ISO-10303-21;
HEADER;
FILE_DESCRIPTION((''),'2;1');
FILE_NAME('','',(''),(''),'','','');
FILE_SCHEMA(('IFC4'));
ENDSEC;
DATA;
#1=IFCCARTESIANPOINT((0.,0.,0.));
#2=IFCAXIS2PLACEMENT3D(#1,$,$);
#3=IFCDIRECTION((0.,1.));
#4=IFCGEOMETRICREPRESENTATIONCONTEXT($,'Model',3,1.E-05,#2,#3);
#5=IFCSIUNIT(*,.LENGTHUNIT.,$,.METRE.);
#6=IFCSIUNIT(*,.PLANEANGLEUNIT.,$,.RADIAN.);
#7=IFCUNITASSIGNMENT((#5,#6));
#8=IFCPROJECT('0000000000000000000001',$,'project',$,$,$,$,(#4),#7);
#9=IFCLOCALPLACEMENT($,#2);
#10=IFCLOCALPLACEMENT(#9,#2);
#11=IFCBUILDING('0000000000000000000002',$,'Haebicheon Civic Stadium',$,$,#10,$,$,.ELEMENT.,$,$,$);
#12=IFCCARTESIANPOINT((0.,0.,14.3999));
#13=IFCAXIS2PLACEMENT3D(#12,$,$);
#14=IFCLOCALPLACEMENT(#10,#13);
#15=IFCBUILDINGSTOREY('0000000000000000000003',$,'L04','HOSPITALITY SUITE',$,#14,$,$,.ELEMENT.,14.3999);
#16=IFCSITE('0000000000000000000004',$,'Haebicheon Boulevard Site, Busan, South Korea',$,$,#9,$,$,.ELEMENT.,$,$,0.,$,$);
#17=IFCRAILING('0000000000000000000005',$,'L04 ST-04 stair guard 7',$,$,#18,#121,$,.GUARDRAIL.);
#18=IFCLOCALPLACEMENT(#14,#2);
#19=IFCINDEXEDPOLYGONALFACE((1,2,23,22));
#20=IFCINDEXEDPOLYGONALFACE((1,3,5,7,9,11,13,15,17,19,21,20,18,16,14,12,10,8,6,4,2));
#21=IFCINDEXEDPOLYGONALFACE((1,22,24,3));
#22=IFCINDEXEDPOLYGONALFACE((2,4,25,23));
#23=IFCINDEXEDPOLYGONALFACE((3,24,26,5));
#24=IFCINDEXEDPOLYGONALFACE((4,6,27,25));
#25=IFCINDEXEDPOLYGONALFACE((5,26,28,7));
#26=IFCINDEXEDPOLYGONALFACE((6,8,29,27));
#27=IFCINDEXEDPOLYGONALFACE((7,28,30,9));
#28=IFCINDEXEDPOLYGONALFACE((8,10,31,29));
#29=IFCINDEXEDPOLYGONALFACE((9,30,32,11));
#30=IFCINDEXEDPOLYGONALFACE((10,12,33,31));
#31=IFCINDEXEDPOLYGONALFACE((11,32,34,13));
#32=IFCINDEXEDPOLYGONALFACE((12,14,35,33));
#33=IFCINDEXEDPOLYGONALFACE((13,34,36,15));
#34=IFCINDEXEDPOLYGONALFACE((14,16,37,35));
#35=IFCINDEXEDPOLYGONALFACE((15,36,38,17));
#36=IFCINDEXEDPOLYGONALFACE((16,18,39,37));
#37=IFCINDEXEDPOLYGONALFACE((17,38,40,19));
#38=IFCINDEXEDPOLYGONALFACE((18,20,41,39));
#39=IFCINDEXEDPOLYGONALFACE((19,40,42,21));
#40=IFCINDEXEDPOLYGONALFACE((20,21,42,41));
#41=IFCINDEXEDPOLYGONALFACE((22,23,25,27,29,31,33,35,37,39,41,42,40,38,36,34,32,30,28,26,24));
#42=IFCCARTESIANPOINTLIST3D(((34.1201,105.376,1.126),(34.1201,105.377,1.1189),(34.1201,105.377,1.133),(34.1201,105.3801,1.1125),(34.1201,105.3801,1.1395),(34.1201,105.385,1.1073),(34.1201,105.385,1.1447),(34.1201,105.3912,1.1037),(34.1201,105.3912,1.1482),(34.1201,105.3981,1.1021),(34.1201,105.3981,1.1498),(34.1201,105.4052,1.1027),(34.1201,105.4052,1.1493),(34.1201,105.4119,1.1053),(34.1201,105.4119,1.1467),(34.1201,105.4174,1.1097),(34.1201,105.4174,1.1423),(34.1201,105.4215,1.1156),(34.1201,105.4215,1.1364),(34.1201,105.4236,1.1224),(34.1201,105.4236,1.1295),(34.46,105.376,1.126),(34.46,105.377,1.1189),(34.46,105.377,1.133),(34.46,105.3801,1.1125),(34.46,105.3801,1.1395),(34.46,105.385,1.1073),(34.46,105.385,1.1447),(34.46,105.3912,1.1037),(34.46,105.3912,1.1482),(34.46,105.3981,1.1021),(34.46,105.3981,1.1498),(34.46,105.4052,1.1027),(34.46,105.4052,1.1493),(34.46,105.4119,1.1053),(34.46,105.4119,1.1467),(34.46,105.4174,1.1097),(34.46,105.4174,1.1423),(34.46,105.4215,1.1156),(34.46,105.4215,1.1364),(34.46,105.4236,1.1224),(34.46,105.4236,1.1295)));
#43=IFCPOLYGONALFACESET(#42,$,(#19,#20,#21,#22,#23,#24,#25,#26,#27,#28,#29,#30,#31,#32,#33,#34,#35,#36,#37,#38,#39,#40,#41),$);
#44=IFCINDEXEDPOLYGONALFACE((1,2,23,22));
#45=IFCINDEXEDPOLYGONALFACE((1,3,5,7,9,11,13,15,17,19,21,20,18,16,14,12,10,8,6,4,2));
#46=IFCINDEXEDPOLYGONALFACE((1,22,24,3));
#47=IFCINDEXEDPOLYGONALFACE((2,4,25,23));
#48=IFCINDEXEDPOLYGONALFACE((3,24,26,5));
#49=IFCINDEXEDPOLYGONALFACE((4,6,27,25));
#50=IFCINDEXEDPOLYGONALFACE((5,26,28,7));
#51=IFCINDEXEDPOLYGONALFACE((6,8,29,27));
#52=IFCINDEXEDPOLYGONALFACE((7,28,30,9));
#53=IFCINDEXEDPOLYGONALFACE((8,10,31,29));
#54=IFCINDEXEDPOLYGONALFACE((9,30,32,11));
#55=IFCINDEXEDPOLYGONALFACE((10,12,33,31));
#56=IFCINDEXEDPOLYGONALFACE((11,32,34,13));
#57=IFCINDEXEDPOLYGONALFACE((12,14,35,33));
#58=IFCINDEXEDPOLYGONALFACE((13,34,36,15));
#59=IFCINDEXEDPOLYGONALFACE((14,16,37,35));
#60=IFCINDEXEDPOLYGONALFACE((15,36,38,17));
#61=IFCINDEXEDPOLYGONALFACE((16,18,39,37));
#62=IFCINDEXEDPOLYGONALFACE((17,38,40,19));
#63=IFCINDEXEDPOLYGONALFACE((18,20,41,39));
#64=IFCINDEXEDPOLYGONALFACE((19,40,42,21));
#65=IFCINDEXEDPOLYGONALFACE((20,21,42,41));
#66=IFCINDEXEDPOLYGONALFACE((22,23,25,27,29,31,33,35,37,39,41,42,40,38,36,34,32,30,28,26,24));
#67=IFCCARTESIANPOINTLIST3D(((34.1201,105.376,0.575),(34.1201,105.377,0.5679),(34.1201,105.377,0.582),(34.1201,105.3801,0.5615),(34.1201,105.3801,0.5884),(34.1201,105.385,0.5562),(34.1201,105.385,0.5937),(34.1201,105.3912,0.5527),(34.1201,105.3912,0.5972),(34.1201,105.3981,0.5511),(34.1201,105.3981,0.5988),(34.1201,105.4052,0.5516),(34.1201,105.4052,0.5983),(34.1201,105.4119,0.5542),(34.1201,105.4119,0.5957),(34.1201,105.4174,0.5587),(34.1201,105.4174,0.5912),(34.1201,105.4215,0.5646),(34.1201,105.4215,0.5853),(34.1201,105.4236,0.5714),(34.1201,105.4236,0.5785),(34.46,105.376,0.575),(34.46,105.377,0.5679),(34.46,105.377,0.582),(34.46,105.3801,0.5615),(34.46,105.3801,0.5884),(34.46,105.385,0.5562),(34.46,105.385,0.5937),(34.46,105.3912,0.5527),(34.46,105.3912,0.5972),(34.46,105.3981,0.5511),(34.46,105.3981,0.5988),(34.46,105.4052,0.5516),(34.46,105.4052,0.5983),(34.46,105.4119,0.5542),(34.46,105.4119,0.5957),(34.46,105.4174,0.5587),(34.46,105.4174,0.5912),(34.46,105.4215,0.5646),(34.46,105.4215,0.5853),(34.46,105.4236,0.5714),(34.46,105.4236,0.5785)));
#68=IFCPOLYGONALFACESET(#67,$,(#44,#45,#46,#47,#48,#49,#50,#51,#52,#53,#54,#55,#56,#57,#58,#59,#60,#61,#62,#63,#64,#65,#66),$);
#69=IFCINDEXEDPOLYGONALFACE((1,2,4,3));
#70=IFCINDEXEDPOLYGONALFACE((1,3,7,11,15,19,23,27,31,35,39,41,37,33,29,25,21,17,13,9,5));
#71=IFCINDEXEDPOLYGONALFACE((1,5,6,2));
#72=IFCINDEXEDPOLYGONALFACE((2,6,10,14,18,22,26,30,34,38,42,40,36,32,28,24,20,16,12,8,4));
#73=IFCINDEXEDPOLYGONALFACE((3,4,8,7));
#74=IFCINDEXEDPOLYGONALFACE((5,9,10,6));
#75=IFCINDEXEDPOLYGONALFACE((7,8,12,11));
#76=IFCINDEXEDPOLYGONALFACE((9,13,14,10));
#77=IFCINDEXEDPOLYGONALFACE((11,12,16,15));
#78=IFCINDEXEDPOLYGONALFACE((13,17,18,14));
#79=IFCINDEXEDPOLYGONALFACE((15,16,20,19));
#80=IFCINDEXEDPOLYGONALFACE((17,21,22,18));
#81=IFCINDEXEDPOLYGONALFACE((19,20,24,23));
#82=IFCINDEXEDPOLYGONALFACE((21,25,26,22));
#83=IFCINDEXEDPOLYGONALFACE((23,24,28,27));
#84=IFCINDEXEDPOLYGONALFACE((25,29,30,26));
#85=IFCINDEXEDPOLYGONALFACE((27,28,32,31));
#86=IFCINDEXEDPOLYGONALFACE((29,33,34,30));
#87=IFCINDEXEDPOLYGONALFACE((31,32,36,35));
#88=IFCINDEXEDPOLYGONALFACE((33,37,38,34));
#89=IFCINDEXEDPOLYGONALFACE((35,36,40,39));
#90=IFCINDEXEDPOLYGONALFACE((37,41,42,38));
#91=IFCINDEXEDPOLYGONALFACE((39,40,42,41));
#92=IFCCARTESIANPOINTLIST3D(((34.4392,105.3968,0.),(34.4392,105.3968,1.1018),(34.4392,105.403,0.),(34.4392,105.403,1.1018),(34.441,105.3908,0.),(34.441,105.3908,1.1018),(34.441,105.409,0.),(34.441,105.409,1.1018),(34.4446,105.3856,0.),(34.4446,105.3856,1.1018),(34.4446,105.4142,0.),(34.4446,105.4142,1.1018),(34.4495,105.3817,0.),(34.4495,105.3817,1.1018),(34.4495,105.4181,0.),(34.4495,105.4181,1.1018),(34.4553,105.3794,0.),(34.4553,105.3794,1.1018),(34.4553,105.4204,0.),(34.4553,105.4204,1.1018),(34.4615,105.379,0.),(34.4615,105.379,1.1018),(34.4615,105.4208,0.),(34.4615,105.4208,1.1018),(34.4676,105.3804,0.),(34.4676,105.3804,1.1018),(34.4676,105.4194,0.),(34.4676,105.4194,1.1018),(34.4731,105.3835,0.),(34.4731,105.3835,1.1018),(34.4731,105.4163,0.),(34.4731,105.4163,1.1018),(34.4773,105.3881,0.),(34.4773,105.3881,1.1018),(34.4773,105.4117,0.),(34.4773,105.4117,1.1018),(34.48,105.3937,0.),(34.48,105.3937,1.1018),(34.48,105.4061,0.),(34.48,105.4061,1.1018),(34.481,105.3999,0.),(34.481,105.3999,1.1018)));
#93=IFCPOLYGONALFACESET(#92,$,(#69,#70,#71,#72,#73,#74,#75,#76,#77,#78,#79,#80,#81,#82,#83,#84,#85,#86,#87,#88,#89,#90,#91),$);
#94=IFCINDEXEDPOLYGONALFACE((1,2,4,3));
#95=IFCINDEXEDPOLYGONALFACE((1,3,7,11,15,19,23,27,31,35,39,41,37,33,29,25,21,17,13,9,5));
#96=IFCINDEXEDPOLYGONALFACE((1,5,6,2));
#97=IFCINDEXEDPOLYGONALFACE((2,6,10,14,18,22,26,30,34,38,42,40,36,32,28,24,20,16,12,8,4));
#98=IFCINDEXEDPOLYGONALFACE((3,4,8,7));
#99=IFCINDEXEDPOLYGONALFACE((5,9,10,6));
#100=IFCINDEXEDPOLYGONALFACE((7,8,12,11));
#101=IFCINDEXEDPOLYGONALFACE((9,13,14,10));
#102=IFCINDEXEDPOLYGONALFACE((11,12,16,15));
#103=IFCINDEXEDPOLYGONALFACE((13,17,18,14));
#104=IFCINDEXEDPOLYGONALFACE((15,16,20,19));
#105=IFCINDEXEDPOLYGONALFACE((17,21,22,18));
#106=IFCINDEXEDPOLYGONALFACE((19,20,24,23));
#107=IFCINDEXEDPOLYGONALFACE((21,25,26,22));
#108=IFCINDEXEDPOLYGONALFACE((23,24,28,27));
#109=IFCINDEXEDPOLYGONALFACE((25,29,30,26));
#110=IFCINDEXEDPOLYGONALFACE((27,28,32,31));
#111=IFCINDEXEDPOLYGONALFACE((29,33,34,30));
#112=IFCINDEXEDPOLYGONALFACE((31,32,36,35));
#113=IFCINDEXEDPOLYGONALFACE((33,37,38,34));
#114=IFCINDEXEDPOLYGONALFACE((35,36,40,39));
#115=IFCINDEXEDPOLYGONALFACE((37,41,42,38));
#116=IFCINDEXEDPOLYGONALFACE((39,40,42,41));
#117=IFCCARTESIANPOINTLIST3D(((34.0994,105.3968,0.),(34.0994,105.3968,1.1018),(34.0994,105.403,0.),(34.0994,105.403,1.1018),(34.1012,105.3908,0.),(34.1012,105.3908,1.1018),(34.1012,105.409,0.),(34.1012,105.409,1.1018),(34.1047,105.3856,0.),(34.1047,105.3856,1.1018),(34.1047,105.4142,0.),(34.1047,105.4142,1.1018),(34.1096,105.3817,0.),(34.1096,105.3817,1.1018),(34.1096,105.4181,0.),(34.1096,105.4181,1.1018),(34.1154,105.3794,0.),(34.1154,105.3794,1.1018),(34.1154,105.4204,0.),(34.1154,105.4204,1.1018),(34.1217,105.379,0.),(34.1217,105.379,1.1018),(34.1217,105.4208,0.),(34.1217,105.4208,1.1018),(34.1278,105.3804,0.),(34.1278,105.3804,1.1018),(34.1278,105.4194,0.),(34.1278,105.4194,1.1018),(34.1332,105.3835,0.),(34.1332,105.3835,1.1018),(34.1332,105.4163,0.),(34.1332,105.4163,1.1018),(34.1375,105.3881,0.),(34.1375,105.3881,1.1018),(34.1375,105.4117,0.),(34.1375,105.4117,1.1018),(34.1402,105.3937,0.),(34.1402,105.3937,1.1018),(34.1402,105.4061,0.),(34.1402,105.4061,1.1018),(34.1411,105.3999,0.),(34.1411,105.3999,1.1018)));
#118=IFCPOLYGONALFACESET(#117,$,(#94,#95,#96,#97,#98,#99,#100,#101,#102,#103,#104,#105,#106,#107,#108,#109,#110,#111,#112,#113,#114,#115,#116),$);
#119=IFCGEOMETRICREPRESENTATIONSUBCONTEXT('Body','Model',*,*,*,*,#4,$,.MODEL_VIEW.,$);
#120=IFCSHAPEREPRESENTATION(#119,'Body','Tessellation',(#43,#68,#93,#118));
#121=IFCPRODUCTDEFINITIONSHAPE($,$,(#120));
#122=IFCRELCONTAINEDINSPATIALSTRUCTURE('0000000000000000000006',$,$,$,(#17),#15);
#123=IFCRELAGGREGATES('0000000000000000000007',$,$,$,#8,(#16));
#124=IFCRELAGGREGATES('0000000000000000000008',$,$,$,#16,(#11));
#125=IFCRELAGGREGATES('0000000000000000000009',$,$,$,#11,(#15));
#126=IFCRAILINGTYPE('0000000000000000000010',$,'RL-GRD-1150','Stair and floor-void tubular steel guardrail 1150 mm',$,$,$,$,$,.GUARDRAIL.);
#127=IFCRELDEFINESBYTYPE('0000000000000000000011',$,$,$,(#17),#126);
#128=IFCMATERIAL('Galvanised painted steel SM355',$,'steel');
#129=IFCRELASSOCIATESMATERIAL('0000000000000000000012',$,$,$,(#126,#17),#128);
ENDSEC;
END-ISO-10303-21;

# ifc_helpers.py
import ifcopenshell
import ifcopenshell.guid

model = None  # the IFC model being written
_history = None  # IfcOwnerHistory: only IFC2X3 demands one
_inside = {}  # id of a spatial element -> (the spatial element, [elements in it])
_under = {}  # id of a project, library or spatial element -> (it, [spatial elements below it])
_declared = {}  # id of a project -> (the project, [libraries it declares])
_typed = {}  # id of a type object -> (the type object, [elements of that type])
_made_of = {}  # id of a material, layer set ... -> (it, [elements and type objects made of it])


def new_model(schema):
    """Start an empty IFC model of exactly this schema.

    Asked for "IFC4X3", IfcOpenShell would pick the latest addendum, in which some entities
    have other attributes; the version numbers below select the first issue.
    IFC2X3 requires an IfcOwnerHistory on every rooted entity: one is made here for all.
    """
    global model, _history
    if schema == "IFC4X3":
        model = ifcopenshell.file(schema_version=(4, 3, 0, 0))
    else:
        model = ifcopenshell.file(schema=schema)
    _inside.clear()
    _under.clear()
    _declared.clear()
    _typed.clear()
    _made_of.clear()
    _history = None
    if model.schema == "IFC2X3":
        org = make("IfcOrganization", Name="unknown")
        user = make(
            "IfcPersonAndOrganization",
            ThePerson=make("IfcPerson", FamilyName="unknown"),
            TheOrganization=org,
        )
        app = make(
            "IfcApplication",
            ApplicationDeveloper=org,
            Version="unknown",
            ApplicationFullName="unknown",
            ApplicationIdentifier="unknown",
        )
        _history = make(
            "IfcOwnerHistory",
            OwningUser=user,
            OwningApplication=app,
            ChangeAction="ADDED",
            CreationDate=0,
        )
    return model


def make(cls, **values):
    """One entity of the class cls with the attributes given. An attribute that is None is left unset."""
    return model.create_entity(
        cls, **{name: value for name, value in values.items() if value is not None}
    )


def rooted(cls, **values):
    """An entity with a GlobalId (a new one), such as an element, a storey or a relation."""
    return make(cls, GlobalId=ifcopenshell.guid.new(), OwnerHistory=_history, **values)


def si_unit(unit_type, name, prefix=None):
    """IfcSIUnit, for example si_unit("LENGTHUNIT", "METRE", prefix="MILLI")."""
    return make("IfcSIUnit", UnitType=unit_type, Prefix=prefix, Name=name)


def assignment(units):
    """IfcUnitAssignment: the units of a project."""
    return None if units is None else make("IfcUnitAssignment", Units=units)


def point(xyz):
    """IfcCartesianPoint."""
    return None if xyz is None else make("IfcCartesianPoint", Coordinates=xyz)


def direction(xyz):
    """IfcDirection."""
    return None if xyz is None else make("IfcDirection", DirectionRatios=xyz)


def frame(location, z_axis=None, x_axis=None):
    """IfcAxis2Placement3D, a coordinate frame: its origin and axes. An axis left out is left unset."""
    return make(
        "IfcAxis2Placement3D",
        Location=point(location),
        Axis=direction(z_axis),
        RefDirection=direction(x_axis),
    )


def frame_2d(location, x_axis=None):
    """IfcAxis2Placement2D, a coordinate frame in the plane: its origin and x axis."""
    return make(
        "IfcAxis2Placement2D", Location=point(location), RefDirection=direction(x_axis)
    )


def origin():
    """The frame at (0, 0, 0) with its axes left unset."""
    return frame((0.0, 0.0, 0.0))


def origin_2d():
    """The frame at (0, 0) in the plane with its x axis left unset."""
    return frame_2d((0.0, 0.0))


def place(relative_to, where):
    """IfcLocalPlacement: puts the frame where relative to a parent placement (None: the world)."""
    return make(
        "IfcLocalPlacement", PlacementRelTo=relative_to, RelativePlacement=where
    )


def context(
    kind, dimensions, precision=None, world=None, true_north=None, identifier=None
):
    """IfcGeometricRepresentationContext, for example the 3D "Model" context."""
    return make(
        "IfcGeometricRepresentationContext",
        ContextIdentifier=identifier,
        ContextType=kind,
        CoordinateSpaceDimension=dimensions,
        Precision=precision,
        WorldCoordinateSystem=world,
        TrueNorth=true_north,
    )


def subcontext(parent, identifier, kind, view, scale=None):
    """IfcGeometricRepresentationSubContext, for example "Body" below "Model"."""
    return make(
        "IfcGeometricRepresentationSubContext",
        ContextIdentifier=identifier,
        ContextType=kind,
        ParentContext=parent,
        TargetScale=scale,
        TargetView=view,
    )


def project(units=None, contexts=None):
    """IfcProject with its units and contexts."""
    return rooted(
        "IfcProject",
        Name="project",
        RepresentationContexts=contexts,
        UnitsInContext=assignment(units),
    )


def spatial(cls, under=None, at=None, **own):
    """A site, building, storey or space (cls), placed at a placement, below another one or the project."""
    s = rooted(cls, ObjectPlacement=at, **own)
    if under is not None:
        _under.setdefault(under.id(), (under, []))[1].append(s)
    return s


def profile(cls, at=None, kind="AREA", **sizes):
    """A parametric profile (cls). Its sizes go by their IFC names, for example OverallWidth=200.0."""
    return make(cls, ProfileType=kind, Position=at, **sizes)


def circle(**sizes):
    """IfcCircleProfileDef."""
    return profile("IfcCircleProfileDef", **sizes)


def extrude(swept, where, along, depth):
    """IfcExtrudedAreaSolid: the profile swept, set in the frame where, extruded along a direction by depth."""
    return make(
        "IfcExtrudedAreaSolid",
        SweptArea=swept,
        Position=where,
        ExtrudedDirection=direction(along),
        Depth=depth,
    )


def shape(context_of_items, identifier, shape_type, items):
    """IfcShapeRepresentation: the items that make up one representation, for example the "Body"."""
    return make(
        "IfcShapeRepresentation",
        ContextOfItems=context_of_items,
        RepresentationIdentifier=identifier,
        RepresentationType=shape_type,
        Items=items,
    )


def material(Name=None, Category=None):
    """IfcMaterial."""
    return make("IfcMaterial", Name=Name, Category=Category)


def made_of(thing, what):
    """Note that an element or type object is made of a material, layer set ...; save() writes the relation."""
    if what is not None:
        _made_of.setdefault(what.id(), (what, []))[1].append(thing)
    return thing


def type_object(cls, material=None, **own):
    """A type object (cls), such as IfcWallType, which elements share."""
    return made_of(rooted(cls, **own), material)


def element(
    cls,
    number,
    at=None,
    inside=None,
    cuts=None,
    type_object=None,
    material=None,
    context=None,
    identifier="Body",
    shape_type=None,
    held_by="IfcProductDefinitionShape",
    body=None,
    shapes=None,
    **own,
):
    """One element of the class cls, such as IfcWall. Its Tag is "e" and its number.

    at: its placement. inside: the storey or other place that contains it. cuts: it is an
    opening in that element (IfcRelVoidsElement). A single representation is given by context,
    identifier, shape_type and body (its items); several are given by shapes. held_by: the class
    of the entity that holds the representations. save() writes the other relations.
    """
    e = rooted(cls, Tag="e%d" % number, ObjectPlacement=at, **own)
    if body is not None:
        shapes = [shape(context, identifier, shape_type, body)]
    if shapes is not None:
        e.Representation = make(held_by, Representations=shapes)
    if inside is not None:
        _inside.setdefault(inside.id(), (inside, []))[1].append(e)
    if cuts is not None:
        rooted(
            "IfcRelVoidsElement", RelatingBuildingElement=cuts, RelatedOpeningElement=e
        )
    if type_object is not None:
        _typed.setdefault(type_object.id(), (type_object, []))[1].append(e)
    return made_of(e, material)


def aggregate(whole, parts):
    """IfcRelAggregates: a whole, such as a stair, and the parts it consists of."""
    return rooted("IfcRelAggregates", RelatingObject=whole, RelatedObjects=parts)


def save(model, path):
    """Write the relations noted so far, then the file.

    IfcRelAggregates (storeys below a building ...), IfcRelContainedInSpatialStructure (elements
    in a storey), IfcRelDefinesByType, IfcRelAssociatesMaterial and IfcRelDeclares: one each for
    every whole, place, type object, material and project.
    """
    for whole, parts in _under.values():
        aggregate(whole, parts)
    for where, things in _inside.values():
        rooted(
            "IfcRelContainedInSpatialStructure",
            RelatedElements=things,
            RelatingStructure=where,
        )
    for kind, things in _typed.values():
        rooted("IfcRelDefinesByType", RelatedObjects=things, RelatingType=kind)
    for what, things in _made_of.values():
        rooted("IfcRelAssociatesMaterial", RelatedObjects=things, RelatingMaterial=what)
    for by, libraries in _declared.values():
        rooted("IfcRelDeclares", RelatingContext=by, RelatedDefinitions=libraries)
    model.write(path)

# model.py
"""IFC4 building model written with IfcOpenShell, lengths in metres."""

from ifc_helpers import new_model, si_unit, direction, frame, origin, origin_2d, place, context, subcontext, project, spatial, circle, extrude, material, type_object, element, save


model = new_model("IFC4")

# Units and contexts
model_context = context("Model", 3, precision=1e-05, world=origin(), true_north=direction((0.0, 1.0)))
body_context = subcontext(model_context, "Body", "Model", "MODEL_VIEW")
ifc_project = project(units=[si_unit("LENGTHUNIT", "METRE"), si_unit("PLANEANGLEUNIT", "RADIAN")], contexts=[model_context])

# Site, building, storey
site_placement = place(None, origin())
site = spatial("IfcSite", under=ifc_project, at=site_placement, Name="Haebicheon Boulevard Site, Busan, South Korea", CompositionType="ELEMENT", RefElevation=0.0)
building_placement = place(site_placement, origin())
building = spatial("IfcBuilding", under=site, at=building_placement, Name="Haebicheon Civic Stadium", CompositionType="ELEMENT")
storey_placement = place(building_placement, frame((0.0, 0.0, 14.3999)))
storey = spatial("IfcBuildingStorey", under=building, at=storey_placement, Name="L04", Description="HOSPITALITY SUITE", CompositionType="ELEMENT", Elevation=14.3999)

# Railing
ifc_material_1 = material(Name="Galvanised painted steel SM355", Category="steel")
railing_type_1 = type_object("IfcRailingType", Name="RL-GRD-1150", Description="Stair and floor-void tubular steel guardrail 1150 mm", PredefinedType="GUARDRAIL", material=ifc_material_1)
railing_1_placement = place(storey_placement, frame((34.46, 105.3999, 0.0)))
element("IfcRailing", 1, at=railing_1_placement, inside=storey, type_object=railing_type_1, material=ifc_material_1, Name="L04 ST-04 stair guard 7", PredefinedType="GUARDRAIL", context=body_context, shape_type="SweptSolid", body=[
    extrude(circle(Radius=0.0239, at=origin_2d()), frame((0.0, 0.0, 1.126), z_axis=(-1.0, 0.0, 0.0), x_axis=(0.0, -1.0, 0.0)), (0.0, 0.0, 1.0), 0.3398),
    extrude(circle(Radius=0.0239, at=origin_2d()), frame((0.0, 0.0, 0.575), z_axis=(-1.0, 0.0, 0.0), x_axis=(0.0, -1.0, 0.0)), (0.0, 0.0, 1.0), 0.3398),
    extrude(circle(Radius=0.021, at=origin_2d()), origin(), (0.0, 0.0, 1.0), 1.1018),
    extrude(circle(Radius=0.021, at=origin_2d()), frame((-0.3398, 0.0, 0.0)), (0.0, 0.0, 1.0), 1.1018),
])

save(model, "model.ifc")
